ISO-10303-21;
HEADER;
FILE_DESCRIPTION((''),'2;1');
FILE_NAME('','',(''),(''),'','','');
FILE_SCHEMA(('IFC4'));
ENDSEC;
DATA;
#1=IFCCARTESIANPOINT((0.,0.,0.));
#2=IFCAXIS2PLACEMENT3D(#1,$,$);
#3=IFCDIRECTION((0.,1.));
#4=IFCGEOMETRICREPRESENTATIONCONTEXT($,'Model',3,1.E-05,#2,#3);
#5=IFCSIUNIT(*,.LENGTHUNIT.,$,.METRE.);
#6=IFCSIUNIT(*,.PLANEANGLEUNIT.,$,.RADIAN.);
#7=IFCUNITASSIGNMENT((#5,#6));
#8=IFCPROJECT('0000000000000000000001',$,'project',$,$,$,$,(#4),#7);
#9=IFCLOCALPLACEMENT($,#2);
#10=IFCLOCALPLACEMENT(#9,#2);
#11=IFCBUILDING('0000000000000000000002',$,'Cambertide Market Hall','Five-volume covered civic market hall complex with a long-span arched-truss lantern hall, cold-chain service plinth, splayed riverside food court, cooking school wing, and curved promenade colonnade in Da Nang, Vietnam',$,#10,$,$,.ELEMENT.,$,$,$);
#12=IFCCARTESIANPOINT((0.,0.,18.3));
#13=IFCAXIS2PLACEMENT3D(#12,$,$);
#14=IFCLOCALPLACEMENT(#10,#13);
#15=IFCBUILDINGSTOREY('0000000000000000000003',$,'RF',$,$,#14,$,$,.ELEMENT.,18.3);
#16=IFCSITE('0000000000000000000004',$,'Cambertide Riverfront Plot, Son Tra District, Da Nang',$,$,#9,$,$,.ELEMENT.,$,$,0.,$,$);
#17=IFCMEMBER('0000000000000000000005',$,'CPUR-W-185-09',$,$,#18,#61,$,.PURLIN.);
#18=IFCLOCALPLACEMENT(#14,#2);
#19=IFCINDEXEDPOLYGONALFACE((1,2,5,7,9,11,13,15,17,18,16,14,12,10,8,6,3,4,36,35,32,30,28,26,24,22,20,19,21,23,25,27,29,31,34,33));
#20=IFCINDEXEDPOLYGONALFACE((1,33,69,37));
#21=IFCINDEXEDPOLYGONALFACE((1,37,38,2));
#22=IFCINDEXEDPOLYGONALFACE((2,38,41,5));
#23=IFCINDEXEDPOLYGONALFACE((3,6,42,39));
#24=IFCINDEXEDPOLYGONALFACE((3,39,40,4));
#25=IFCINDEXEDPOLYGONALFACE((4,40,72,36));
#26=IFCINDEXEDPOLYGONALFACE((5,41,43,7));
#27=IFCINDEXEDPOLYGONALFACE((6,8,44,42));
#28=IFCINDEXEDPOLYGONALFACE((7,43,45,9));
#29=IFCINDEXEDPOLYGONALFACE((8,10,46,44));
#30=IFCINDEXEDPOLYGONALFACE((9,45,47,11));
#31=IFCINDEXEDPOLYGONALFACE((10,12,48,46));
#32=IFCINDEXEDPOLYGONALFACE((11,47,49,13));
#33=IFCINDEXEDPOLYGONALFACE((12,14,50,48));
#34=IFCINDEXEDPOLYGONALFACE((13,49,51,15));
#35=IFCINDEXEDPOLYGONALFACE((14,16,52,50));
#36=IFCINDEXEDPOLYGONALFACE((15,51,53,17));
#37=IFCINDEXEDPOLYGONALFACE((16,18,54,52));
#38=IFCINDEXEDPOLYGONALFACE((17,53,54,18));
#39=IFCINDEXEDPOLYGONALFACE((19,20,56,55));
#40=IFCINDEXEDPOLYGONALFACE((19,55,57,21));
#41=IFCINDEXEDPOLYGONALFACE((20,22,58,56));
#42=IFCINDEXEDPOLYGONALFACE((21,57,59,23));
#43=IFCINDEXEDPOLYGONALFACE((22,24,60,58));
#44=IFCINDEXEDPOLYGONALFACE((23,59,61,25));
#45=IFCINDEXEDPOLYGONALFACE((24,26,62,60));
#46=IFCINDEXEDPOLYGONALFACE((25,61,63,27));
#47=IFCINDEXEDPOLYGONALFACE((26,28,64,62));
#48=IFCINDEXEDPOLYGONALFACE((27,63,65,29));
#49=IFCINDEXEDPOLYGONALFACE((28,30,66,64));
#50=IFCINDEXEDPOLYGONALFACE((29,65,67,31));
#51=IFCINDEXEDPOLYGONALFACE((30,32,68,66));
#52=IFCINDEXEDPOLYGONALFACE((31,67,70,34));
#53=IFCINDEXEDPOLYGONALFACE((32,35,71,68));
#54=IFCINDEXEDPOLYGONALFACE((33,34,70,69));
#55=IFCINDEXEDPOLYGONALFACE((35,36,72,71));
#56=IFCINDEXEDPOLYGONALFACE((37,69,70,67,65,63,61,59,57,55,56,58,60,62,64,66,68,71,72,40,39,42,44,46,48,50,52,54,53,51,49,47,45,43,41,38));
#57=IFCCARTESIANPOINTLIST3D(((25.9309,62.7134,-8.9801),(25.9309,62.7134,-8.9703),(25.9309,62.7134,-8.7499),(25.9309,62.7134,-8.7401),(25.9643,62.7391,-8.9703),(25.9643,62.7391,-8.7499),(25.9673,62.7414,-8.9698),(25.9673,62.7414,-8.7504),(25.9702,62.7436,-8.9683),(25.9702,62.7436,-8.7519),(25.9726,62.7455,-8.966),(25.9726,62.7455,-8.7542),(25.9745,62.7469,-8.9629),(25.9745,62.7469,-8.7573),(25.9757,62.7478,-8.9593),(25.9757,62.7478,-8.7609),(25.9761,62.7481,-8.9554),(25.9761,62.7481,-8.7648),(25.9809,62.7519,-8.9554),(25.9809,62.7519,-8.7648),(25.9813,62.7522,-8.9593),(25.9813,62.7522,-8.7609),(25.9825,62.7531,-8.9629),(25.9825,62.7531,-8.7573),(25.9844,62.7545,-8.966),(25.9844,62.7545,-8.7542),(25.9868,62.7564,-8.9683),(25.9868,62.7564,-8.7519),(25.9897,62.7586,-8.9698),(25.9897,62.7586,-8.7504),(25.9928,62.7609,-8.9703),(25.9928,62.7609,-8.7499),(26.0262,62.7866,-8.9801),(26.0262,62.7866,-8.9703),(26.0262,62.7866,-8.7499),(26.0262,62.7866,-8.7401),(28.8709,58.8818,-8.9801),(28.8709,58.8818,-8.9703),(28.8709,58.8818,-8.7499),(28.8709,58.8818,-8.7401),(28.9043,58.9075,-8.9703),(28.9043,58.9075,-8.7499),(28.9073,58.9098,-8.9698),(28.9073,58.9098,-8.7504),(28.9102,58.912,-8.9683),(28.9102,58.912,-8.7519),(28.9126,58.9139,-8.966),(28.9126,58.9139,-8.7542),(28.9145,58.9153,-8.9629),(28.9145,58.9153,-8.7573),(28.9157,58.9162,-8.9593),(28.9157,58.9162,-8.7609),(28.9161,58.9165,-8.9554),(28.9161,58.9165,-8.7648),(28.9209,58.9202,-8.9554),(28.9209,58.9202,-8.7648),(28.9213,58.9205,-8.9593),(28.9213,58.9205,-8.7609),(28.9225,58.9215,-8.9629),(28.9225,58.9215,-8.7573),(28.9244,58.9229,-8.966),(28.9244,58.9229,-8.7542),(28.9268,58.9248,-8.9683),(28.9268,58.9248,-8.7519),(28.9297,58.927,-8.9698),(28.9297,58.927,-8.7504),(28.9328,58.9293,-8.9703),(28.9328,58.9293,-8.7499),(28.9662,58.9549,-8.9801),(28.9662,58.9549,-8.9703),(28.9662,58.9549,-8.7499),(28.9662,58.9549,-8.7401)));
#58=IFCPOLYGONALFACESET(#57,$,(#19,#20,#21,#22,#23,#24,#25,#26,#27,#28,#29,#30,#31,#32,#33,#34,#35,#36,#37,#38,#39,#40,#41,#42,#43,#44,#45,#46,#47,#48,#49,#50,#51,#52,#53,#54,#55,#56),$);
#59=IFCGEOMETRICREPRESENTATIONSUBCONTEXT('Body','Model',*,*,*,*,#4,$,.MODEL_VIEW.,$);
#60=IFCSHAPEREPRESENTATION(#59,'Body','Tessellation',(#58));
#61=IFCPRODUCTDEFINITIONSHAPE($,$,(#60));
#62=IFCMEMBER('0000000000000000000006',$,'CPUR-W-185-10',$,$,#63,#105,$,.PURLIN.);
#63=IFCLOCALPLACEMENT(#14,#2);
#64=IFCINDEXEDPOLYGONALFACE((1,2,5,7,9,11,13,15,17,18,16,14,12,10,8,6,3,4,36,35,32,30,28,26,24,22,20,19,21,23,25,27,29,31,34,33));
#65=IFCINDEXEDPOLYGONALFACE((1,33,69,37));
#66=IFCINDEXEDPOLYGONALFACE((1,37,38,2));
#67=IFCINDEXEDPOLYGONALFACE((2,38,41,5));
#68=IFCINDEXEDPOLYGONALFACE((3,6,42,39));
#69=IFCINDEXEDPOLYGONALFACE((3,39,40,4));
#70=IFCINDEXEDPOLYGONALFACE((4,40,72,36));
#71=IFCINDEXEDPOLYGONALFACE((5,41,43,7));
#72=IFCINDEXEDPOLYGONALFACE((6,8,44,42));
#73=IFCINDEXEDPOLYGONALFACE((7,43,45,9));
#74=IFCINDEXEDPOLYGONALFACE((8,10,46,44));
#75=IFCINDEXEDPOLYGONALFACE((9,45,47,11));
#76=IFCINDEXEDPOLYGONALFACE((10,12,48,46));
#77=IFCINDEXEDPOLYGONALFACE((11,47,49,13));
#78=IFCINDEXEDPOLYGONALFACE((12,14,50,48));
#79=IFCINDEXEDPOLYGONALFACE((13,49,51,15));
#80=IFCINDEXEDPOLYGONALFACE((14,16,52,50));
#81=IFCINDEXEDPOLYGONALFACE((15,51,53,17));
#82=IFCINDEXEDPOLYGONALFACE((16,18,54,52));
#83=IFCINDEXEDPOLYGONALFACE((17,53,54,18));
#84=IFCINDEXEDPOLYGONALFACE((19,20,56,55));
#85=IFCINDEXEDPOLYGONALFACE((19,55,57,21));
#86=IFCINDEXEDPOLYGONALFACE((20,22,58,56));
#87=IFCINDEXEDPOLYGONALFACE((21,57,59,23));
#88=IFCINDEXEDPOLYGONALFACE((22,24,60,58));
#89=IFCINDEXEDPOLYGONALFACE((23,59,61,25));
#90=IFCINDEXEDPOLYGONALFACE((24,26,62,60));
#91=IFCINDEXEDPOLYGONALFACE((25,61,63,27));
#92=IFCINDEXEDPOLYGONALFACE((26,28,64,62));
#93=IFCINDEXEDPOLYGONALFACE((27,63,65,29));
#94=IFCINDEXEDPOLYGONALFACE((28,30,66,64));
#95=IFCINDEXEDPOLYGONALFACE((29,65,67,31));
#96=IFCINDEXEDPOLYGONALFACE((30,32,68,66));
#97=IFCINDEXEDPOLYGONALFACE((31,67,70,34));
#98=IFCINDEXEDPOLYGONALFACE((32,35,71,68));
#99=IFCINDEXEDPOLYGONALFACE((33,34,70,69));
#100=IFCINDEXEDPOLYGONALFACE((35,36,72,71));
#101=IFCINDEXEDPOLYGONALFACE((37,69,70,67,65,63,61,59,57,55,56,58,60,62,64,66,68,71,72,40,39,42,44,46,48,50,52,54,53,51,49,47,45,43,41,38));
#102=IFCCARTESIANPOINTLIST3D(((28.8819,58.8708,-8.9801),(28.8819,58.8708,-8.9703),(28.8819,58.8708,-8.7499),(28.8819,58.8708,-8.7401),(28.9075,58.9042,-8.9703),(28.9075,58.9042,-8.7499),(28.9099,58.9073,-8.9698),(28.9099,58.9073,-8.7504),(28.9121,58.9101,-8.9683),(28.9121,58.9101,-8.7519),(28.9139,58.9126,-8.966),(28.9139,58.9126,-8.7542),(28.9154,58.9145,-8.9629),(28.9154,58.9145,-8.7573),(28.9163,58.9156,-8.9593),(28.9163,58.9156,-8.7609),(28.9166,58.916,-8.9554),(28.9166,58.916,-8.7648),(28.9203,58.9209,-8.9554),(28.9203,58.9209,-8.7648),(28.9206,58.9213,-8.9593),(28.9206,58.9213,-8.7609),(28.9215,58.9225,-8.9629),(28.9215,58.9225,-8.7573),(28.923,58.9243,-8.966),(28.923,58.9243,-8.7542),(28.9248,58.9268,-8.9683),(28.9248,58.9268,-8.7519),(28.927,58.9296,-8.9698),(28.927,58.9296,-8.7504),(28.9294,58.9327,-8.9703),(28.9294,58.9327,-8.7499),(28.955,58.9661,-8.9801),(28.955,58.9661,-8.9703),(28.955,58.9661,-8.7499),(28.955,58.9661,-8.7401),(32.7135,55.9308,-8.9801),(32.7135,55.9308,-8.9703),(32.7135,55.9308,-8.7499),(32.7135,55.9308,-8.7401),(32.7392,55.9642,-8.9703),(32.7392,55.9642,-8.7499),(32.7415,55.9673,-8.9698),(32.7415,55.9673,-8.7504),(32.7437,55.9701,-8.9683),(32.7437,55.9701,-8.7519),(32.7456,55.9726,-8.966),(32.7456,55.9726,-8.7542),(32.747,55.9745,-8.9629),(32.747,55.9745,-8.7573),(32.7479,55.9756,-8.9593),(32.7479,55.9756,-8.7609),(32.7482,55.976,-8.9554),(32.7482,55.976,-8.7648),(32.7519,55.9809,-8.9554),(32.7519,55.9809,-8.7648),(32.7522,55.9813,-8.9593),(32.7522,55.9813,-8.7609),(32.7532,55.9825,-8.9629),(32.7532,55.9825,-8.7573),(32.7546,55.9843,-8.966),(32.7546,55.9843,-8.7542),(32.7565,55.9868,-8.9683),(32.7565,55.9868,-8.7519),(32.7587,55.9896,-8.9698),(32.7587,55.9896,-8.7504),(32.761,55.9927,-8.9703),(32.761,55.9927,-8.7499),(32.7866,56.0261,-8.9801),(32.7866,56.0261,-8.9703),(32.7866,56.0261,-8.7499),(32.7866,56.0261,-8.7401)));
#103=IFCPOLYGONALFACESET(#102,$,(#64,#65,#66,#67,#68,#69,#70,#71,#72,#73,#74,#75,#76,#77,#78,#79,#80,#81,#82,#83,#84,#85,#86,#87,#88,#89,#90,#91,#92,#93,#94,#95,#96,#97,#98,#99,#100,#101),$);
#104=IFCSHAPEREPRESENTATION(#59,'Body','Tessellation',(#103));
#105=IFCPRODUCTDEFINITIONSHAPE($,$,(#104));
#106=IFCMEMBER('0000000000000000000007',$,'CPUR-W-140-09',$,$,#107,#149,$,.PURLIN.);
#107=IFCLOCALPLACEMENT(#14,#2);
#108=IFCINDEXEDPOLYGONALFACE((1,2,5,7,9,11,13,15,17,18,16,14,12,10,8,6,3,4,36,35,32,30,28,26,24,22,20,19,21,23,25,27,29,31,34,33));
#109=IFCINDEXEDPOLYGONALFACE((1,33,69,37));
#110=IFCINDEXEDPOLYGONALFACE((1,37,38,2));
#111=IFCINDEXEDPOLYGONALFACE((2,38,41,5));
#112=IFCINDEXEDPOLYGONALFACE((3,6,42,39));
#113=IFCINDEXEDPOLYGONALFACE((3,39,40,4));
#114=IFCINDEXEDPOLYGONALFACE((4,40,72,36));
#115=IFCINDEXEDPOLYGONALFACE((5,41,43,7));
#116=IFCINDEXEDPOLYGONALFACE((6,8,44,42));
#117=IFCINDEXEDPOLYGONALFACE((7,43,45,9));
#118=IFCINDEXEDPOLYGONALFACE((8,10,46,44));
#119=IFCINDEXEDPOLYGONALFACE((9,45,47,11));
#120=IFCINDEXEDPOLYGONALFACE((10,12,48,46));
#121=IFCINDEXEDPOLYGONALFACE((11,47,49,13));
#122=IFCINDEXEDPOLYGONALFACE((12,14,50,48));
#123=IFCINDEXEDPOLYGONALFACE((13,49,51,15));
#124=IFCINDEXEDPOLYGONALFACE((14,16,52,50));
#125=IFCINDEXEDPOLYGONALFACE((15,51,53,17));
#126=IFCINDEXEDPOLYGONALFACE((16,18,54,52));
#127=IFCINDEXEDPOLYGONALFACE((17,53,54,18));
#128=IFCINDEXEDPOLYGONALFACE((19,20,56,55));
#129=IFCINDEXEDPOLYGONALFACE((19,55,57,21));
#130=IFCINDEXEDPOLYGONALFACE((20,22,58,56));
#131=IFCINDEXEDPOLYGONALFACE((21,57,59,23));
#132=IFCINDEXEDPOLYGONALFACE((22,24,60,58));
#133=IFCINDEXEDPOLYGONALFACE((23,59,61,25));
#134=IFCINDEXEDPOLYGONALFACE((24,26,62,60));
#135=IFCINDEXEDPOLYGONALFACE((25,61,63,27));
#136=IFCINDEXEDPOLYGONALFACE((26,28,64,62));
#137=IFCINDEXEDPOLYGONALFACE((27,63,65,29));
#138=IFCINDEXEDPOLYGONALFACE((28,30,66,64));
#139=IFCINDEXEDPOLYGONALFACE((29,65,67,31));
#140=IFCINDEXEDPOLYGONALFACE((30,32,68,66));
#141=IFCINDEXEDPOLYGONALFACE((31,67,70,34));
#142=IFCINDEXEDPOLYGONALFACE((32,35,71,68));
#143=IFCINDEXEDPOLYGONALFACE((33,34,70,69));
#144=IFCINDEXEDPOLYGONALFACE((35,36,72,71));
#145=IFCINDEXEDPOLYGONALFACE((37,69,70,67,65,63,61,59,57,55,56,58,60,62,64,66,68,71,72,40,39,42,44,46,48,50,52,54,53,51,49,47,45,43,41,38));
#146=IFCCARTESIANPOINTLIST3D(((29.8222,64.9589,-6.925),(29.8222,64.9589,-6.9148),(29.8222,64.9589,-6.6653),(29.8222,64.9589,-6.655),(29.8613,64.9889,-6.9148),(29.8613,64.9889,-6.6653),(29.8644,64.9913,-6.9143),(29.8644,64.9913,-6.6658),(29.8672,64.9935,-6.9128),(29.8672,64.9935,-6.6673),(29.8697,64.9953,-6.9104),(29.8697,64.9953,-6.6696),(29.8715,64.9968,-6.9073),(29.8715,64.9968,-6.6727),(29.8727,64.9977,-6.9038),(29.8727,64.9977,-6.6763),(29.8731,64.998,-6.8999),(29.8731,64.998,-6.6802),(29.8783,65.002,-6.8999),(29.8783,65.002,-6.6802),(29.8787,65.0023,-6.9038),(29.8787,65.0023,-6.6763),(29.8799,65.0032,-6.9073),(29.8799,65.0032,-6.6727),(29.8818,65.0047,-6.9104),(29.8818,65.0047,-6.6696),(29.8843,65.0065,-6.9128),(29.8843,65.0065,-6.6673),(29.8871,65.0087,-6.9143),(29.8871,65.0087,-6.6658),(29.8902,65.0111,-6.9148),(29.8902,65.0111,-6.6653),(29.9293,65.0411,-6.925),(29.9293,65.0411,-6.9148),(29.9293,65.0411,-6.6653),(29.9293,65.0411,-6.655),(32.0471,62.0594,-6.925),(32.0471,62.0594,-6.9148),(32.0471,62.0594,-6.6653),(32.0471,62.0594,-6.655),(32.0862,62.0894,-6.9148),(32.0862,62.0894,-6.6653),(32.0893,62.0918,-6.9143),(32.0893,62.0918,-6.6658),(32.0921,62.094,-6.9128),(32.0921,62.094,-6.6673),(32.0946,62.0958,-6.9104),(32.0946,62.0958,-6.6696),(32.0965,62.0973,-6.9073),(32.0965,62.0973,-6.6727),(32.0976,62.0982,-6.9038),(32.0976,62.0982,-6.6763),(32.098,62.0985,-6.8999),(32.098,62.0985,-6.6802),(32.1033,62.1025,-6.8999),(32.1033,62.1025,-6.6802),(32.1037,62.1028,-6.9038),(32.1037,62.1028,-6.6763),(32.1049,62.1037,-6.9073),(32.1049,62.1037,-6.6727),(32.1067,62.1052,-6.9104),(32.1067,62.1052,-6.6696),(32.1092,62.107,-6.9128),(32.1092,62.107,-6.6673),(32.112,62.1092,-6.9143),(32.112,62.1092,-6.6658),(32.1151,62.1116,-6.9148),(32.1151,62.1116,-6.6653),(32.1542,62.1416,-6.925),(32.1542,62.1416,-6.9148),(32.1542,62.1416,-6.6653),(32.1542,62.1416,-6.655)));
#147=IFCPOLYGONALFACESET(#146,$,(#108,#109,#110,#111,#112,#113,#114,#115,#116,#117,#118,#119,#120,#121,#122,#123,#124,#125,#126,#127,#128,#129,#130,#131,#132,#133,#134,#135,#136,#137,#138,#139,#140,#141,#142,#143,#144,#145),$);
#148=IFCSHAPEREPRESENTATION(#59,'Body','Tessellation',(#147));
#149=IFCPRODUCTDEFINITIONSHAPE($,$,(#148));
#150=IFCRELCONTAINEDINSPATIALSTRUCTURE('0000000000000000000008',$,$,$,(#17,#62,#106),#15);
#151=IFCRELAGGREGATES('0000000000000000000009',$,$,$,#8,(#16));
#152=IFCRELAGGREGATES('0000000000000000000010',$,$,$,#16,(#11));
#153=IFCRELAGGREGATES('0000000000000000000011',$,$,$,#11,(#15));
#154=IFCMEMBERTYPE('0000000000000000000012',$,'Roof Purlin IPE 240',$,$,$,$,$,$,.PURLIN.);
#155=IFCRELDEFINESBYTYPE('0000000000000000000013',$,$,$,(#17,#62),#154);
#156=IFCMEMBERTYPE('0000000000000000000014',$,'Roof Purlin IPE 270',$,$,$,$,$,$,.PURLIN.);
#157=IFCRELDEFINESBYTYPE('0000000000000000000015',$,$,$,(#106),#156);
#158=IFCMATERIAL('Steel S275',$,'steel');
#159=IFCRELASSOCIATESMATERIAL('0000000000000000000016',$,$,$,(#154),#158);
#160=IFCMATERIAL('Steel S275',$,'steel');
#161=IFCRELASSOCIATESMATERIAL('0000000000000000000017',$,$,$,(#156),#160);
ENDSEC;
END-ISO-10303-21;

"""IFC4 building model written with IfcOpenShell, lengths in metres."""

from ifc_helpers import new_model, si_unit, direction, frame, origin, origin_2d, place, context, subcontext, project, spatial, i_section, extrude, material, material_profile, profile_set, type_object, element, save


model = new_model("IFC4")

# Units and contexts
model_context = context("Model", 3, precision=1e-05, world=origin(), true_north=direction((0.0, 1.0)))
body_context = subcontext(model_context, "Body", "Model", "MODEL_VIEW")
ifc_project = project(units=[si_unit("LENGTHUNIT", "METRE"), si_unit("PLANEANGLEUNIT", "RADIAN")], contexts=[model_context])

# Site, building, storey
site_placement = place(None, origin())
site = spatial("IfcSite", under=ifc_project, at=site_placement, Name="Cambertide Riverfront Plot, Son Tra District, Da Nang", CompositionType="ELEMENT", RefElevation=0.0)
building_placement = place(site_placement, origin())
building = spatial("IfcBuilding", under=site, at=building_placement, Name="Cambertide Market Hall", Description="Five-volume covered civic market hall complex with a long-span arched-truss lantern hall, cold-chain service plinth, splayed riverside food court, cooking school wing, and curved promenade colonnade in Da Nang, Vietnam", CompositionType="ELEMENT")
storey_placement = place(building_placement, frame((0.0, 0.0, 18.3)))
storey = spatial("IfcBuildingStorey", under=building, at=storey_placement, Name="RF", CompositionType="ELEMENT", Elevation=18.3)

# Members
ifc_material_1 = material(Name="Steel S275", Category="steel")
ifc_material_profile_1 = material_profile(ifc_material_1, i_section(OverallWidth=0.1201, OverallDepth=0.24, WebThickness=0.0061, FlangeThickness=0.0098, FilletRadius=0.0149, at=origin_2d()), Name="IPE 240")
ifc_profile_set_1 = profile_set([ifc_material_profile_1], Name="Steel S275")
member_type_1 = type_object("IfcMemberType", Name="Roof Purlin IPE 240", PredefinedType="PURLIN", material=ifc_profile_set_1)
for number, where, z_axis, x_axis, name in (
    (1, (25.9785, 62.75, -8.8601), (0.608748, -0.793364, 0.0), (0.793364, 0.608748, 0.0), "CPUR-W-185-09"),
    (2, (28.9185, 58.9185, -8.8601), (0.793364, -0.608748, 0.0), (0.608748, 0.793364, 0.0), "CPUR-W-185-10"),
):
    element("IfcMember", number, at=place(storey_placement, frame(where, z_axis=z_axis, x_axis=x_axis)), inside=storey, type_object=member_type_1, Name=name, PredefinedType="PURLIN", context=body_context, shape_type="SweptSolid", body=[
        extrude(i_section(OverallWidth=0.1201, OverallDepth=0.24, WebThickness=0.0061, FlangeThickness=0.0098, FilletRadius=0.0149, at=origin_2d()), origin(), (0.0, 0.0, 1.0), 4.8296),
    ])
ifc_material_2 = material(Name="Steel S275", Category="steel")
ifc_material_profile_2 = material_profile(ifc_material_2, i_section(OverallWidth=0.135, OverallDepth=0.27, WebThickness=0.0066, FlangeThickness=0.0103, FilletRadius=0.0149, at=origin_2d()), Name="IPE 270")
ifc_profile_set_2 = profile_set([ifc_material_profile_2], Name="Steel S275")
member_type_2 = type_object("IfcMemberType", Name="Roof Purlin IPE 270", PredefinedType="PURLIN", material=ifc_profile_set_2)
member_1_placement = place(storey_placement, frame((29.8757, 65.0, -6.79), z_axis=(0.608771, -0.793346, 0.0), x_axis=(0.793346, 0.608771, 0.0)))
element("IfcMember", 3, at=member_1_placement, inside=storey, type_object=member_type_2, Name="CPUR-W-140-09", PredefinedType="PURLIN", context=body_context, shape_type="SweptSolid", body=[
    extrude(i_section(OverallWidth=0.135, OverallDepth=0.27, WebThickness=0.0066, FlangeThickness=0.0103, FilletRadius=0.0149, at=origin_2d()), origin(), (0.0, 0.0, 1.0), 3.6548),
])

save(model, "model.ifc")
